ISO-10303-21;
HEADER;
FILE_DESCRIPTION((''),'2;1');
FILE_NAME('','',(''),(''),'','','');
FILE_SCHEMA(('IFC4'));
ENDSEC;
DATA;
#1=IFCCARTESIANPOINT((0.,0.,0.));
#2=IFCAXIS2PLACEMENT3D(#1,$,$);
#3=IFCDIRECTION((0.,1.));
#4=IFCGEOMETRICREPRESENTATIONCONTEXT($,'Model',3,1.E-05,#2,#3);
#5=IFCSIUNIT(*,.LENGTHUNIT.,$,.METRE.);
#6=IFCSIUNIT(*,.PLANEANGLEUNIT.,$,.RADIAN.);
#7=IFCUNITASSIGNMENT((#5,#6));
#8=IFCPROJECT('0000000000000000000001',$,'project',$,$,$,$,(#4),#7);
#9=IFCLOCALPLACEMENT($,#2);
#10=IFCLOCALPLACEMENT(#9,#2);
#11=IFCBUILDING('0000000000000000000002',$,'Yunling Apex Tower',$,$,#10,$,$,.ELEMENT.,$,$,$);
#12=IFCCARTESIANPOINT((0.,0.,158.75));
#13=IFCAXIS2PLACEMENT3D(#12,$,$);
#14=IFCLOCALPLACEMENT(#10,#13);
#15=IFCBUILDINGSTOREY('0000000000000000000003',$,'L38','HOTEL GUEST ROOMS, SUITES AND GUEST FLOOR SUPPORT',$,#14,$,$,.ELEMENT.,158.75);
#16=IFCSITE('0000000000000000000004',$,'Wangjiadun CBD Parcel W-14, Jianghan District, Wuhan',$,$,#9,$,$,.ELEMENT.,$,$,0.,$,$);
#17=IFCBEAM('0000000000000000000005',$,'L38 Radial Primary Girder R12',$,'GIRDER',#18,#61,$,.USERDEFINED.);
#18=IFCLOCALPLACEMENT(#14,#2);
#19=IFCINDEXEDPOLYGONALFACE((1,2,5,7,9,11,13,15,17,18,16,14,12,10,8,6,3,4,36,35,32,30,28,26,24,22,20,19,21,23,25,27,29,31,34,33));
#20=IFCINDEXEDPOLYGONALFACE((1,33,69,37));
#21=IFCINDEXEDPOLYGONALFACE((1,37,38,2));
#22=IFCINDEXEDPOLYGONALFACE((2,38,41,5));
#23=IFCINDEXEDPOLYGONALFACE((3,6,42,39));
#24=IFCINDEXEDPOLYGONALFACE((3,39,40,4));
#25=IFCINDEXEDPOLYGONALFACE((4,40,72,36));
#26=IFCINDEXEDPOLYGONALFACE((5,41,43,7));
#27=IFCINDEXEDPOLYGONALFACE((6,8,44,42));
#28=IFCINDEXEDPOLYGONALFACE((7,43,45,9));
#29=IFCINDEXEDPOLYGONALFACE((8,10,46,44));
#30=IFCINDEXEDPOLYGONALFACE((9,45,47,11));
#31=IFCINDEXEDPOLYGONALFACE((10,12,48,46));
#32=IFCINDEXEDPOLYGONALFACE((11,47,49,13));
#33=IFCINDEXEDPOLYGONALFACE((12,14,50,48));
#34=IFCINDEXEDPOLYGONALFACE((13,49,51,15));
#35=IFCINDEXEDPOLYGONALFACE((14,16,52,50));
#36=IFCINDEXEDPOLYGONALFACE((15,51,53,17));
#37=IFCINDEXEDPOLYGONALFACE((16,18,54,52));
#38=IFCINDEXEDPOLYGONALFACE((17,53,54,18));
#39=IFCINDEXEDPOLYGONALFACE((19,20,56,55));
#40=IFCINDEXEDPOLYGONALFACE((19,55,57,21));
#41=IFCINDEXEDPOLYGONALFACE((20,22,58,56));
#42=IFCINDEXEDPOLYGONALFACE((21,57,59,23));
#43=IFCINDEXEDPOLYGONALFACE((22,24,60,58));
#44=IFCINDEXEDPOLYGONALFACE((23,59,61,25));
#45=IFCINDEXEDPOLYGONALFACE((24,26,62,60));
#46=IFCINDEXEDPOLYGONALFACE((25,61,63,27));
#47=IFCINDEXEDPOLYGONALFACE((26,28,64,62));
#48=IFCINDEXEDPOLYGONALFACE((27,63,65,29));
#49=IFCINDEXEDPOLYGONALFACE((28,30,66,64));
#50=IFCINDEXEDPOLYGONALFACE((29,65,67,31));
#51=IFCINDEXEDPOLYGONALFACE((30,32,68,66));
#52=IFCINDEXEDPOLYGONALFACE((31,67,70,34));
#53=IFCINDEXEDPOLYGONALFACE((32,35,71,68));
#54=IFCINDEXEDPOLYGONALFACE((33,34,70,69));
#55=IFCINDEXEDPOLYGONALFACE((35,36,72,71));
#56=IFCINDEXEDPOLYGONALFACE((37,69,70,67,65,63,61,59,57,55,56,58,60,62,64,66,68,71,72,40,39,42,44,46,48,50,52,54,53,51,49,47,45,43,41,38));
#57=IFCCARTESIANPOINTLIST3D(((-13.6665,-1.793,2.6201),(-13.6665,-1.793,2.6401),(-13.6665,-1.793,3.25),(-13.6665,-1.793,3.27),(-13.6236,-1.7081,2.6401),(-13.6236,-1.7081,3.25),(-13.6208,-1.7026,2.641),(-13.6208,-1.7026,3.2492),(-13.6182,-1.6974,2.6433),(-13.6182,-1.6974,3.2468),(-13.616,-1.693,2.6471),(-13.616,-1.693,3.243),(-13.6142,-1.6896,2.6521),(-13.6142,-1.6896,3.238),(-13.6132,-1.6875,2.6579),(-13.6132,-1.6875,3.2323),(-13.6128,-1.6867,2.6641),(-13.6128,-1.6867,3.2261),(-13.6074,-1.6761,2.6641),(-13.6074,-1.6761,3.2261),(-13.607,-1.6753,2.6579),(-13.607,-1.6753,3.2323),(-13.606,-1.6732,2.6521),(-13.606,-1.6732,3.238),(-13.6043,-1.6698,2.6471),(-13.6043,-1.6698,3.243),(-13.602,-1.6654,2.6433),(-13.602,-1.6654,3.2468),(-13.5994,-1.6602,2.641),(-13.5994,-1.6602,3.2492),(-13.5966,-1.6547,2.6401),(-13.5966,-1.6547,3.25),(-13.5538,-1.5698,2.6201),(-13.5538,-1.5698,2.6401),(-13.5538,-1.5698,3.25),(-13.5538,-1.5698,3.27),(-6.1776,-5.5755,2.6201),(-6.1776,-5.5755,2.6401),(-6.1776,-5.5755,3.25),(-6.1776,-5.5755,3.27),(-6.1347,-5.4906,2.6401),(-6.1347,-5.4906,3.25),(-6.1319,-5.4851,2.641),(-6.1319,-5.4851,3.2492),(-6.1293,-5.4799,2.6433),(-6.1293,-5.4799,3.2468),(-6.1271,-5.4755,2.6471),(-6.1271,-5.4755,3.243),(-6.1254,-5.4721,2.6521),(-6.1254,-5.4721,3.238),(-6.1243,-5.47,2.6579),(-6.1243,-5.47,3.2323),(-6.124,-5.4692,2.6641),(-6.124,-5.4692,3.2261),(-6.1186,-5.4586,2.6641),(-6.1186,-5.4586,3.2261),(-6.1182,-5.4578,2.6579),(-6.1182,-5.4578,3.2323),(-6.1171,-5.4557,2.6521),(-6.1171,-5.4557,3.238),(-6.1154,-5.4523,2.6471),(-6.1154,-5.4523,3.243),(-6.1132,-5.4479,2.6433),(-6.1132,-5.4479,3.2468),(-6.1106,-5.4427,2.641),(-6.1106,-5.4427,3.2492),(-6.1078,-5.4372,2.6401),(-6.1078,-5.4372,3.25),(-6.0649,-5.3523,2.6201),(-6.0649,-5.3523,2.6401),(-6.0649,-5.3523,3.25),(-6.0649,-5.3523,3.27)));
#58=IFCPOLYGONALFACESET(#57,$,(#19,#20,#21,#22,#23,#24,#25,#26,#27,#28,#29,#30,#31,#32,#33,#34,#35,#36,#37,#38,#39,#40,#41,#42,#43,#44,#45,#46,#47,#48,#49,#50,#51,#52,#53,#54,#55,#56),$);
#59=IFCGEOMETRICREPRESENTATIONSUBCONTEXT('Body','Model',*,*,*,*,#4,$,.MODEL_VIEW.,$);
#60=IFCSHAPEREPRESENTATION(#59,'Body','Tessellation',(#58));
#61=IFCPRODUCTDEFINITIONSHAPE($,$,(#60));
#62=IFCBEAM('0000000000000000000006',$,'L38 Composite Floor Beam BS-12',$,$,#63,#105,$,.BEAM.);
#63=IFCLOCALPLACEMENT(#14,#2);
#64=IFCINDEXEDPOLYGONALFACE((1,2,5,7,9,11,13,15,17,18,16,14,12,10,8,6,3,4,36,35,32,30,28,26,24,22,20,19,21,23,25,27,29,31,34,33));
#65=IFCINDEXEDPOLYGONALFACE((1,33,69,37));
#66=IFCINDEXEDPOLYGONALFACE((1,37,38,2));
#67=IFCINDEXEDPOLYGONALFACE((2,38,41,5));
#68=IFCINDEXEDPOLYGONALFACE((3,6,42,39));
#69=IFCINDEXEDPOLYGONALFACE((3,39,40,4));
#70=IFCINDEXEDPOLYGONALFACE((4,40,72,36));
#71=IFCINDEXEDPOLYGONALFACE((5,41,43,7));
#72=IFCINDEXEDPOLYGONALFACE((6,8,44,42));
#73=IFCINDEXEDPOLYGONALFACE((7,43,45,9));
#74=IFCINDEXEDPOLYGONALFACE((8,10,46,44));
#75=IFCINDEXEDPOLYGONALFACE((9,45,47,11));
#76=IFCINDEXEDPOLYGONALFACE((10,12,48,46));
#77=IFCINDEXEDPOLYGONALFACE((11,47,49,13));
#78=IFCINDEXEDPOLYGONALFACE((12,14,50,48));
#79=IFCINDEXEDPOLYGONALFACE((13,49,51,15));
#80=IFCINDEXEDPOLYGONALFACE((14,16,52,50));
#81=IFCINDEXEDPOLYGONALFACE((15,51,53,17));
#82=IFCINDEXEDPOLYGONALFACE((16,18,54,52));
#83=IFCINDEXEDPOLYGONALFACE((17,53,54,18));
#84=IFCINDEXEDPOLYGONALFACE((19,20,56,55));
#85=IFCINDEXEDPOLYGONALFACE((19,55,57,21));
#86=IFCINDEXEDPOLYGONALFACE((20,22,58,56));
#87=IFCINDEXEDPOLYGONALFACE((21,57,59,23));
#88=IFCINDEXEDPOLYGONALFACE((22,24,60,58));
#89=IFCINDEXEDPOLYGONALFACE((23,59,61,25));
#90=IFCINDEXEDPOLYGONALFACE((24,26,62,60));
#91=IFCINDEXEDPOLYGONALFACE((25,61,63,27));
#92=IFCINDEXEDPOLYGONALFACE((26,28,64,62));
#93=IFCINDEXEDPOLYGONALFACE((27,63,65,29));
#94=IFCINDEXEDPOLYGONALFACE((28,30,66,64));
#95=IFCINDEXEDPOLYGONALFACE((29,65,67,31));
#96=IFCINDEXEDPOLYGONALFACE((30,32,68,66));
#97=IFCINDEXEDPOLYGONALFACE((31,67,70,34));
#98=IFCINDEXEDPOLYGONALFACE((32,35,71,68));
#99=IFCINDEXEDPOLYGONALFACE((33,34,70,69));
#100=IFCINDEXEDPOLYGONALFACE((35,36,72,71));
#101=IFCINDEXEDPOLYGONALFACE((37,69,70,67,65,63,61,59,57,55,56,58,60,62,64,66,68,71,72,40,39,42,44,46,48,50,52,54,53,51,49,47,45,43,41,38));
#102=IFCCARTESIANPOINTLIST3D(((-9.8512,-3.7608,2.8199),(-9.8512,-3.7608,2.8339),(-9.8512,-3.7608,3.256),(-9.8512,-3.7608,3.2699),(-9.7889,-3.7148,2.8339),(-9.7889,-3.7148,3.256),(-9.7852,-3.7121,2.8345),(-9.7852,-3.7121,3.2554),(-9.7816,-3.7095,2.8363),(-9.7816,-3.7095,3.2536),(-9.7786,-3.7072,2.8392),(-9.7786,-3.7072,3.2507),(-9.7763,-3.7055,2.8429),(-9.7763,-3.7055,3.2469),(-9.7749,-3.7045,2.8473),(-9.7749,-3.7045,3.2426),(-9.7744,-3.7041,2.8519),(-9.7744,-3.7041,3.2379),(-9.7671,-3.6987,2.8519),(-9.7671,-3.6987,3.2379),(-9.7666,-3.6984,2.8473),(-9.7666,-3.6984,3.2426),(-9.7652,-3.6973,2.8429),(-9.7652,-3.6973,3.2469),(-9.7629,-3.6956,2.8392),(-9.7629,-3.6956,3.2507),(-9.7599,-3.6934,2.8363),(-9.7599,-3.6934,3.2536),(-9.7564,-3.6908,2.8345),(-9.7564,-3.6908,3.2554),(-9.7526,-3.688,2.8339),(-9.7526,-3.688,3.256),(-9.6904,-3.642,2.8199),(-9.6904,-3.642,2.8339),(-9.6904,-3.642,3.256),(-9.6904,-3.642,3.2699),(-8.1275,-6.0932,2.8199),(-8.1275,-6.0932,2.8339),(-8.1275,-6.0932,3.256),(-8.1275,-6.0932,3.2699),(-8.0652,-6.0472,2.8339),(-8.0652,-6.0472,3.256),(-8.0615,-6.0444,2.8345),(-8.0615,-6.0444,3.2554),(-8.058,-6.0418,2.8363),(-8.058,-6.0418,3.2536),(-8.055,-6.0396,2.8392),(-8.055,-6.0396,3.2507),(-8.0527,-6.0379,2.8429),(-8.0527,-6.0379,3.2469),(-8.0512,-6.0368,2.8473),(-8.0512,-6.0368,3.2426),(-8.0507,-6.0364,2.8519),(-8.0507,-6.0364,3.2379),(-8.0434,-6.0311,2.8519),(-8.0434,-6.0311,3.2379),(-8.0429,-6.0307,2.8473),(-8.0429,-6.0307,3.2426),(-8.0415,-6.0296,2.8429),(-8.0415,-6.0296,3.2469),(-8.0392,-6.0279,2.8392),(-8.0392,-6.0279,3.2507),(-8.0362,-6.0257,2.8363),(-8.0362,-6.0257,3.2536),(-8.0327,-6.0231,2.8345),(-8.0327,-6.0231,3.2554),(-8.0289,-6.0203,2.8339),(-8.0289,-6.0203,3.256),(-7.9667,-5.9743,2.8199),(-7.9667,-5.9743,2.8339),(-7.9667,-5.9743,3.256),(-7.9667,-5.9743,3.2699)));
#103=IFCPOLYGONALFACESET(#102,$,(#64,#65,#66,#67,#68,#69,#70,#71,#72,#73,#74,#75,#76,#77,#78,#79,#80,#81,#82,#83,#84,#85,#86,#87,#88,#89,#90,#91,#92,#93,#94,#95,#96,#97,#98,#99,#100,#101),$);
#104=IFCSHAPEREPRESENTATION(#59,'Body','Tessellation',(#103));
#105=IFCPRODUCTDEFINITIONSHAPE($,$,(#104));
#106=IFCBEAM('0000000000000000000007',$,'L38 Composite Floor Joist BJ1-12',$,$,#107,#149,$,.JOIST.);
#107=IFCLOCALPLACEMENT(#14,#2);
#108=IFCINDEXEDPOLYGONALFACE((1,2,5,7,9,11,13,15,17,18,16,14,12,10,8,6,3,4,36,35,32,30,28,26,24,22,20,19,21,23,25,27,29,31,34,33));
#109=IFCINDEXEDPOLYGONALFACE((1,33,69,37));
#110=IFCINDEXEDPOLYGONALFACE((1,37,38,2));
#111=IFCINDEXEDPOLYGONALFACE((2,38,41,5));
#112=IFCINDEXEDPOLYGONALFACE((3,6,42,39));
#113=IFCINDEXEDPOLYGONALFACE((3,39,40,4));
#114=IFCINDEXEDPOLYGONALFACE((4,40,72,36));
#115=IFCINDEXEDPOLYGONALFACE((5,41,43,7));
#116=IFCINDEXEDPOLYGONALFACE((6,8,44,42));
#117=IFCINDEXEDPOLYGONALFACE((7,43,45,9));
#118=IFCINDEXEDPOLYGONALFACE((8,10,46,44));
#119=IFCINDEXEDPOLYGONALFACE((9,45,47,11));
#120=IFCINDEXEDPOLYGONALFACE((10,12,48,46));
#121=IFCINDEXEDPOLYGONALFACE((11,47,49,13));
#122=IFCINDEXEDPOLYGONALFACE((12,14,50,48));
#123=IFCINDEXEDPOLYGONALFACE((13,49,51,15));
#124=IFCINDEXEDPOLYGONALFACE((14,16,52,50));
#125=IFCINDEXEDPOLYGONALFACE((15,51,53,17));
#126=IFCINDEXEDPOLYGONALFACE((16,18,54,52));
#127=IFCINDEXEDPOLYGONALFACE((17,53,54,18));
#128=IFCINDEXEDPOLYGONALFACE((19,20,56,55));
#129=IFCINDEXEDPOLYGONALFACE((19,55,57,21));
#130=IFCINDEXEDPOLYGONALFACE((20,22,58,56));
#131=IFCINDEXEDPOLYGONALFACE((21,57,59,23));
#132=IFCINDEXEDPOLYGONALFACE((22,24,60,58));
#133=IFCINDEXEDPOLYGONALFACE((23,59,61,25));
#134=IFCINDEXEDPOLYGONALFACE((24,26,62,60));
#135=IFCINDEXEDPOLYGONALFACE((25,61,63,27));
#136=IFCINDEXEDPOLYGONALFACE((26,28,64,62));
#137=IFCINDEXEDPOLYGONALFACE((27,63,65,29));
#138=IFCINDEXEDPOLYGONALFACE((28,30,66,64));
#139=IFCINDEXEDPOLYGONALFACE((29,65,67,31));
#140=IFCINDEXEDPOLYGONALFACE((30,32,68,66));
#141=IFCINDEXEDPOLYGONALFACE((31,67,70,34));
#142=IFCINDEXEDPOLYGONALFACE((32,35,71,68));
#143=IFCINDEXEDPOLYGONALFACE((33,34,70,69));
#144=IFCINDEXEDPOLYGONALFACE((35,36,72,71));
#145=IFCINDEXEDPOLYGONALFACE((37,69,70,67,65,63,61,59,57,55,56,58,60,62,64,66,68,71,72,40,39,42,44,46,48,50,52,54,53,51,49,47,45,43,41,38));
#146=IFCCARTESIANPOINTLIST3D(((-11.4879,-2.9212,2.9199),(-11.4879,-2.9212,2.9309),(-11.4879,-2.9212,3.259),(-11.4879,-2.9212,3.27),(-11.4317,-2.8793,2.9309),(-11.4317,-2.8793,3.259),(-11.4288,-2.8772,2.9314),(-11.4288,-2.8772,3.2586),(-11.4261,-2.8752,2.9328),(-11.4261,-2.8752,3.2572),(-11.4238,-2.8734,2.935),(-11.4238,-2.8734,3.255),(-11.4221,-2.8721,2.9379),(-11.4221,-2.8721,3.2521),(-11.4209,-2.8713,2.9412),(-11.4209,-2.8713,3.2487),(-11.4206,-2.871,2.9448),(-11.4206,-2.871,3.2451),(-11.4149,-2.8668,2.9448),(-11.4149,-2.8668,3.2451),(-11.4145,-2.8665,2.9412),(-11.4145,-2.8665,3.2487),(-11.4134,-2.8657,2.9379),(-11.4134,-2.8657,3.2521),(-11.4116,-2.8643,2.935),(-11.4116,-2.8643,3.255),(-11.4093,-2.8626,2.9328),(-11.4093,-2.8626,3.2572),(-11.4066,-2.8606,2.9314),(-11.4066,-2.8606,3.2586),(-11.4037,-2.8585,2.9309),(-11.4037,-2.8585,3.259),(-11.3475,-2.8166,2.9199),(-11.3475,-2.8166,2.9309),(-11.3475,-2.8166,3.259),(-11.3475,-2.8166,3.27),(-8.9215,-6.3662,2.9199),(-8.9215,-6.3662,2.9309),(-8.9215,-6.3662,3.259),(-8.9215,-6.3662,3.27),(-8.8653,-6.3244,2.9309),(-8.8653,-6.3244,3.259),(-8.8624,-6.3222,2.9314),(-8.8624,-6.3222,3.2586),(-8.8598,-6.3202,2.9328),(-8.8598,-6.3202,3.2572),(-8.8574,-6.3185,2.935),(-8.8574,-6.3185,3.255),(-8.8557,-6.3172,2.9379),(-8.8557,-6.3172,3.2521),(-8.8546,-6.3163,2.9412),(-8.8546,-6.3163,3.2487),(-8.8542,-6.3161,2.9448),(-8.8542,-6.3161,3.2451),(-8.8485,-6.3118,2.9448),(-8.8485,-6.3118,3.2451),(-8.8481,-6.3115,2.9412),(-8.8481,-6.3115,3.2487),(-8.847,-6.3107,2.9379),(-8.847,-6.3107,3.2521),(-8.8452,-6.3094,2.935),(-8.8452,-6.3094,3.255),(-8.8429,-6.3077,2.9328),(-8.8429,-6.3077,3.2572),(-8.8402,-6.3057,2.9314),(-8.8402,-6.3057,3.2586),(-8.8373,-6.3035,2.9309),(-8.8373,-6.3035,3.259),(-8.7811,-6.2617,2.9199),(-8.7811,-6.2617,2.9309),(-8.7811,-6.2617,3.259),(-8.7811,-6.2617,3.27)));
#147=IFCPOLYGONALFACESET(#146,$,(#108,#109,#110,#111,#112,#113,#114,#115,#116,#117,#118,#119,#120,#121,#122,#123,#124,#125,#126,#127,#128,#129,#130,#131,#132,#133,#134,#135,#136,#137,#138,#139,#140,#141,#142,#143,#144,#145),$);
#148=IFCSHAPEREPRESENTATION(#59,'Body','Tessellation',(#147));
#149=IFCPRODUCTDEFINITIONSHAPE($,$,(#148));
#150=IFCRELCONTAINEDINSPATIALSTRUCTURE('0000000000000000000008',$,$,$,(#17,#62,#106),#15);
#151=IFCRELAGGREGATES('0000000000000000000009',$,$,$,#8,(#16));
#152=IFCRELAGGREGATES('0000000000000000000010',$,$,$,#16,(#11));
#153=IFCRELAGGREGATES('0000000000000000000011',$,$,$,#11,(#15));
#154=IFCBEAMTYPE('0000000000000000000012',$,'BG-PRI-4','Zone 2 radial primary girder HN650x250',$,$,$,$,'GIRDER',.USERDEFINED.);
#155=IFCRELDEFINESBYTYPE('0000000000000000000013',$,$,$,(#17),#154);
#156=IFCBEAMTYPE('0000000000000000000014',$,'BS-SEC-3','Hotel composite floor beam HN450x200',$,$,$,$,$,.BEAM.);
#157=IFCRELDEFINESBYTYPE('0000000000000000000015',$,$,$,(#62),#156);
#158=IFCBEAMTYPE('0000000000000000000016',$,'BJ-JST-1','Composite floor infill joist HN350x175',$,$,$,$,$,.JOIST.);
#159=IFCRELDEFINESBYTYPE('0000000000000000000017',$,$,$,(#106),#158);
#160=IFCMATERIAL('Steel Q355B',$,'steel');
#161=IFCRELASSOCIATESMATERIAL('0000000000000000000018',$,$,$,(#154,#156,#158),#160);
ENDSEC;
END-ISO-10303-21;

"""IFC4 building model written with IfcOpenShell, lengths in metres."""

from ifc_helpers import new_model, si_unit, direction, frame, origin, origin_2d, place, context, subcontext, project, spatial, i_section, extrude, source, transform, mapped, material, material_profile, profile_set, type_object, element, save


model = new_model("IFC4")

# Units and contexts
model_context = context("Model", 3, precision=1e-05, world=origin(), true_north=direction((0.0, 1.0)))
body_context = subcontext(model_context, "Body", "Model", "MODEL_VIEW")
ifc_project = project(units=[si_unit("LENGTHUNIT", "METRE"), si_unit("PLANEANGLEUNIT", "RADIAN")], contexts=[model_context])

# Site, building, storey
site_placement = place(None, origin())
site = spatial("IfcSite", under=ifc_project, at=site_placement, Name="Wangjiadun CBD Parcel W-14, Jianghan District, Wuhan", CompositionType="ELEMENT", RefElevation=0.0)
building_placement = place(site_placement, origin())
building = spatial("IfcBuilding", under=site, at=building_placement, Name="Yunling Apex Tower", CompositionType="ELEMENT")
storey_placement = place(building_placement, frame((0.0, 0.0, 158.75)))
storey = spatial("IfcBuildingStorey", under=building, at=storey_placement, Name="L38", Description="HOTEL GUEST ROOMS, SUITES AND GUEST FLOOR SUPPORT", CompositionType="ELEMENT", Elevation=158.75)

# Beams
ifc_material_1 = material(Name="Steel Q355B", Category="steel")
ifc_material_profile_1 = material_profile(ifc_material_1, i_section(OverallWidth=0.25, OverallDepth=0.6499, WebThickness=0.012, FlangeThickness=0.02, FilletRadius=0.0239, at=origin_2d()))
ifc_profile_set_1 = profile_set([ifc_material_profile_1], Name="Steel Q355B")
beam_type_1 = type_object("IfcBeamType", Name="BG-PRI-4", Description="Zone 2 radial primary girder HN650x250", ElementType="GIRDER", PredefinedType="USERDEFINED", material=ifc_profile_set_1)
shared_shape_1 = source(origin(), body_context, "Body", "SweptSolid", [
    extrude(i_section(OverallWidth=0.25, OverallDepth=0.6499, WebThickness=0.012, FlangeThickness=0.02, FilletRadius=0.0239, at=origin_2d()), origin(), (0.0, 0.0, 1.0), 8.3899),
])
beam_1_placement = place(storey_placement, frame((-13.6101, -1.6814, 2.9451), z_axis=(0.892604, -0.450842, 0.0), x_axis=(0.450842, 0.892604, 0.0)))
element("IfcBeam", 1, at=beam_1_placement, inside=storey, type_object=beam_type_1, Name="L38 Radial Primary Girder R12", ObjectType="GIRDER", PredefinedType="USERDEFINED", context=body_context, shape_type="MappedRepresentation", body=[
    mapped(shared_shape_1, transform((0.0, 0.0, 0.0), scale=1.0)),
])
ifc_material_profile_2 = material_profile(ifc_material_1, i_section(OverallWidth=0.2, OverallDepth=0.45, WebThickness=0.009, FlangeThickness=0.0139, FilletRadius=0.0181, at=origin_2d()))
ifc_profile_set_2 = profile_set([ifc_material_profile_2], Name="Steel Q355B")
beam_type_2 = type_object("IfcBeamType", Name="BS-SEC-3", Description="Hotel composite floor beam HN450x200", PredefinedType="BEAM", material=ifc_profile_set_2)
shared_shape_2 = source(origin(), body_context, "Body", "SweptSolid", [
    extrude(i_section(OverallWidth=0.2, OverallDepth=0.45, WebThickness=0.009, FlangeThickness=0.0139, FilletRadius=0.0181, at=origin_2d()), origin(), (0.0, 0.0, 1.0), 2.9001),
])
beam_2_placement = place(storey_placement, frame((-9.7708, -3.7014, 3.0449), z_axis=(0.594341, -0.804213, 0.0), x_axis=(0.804213, 0.594341, 0.0)))
element("IfcBeam", 2, at=beam_2_placement, inside=storey, type_object=beam_type_2, Name="L38 Composite Floor Beam BS-12", PredefinedType="BEAM", context=body_context, shape_type="MappedRepresentation", body=[
    mapped(shared_shape_2, transform((0.0, 0.0, 0.0), scale=1.0)),
])
ifc_material_profile_3 = material_profile(ifc_material_1, i_section(OverallWidth=0.175, OverallDepth=0.3501, WebThickness=0.0071, FlangeThickness=0.011, FilletRadius=0.0139, at=origin_2d()))
ifc_profile_set_3 = profile_set([ifc_material_profile_3], Name="Steel Q355B")
beam_type_3 = type_object("IfcBeamType", Name="BJ-JST-1", Description="Composite floor infill joist HN350x175", PredefinedType="JOIST", material=ifc_profile_set_3)
shared_shape_3 = source(origin(), body_context, "Body", "SweptSolid", [
    extrude(i_section(OverallWidth=0.175, OverallDepth=0.3501, WebThickness=0.0071, FlangeThickness=0.011, FilletRadius=0.0139, at=origin_2d()), origin(), (0.0, 0.0, 1.0), 4.2959),
])
beam_3_placement = place(storey_placement, frame((-11.4177, -2.8689, 3.095), z_axis=(0.597405, -0.801939, 0.0), x_axis=(0.801939, 0.597405, 0.0)))
element("IfcBeam", 3, at=beam_3_placement, inside=storey, type_object=beam_type_3, Name="L38 Composite Floor Joist BJ1-12", PredefinedType="JOIST", context=body_context, shape_type="MappedRepresentation", body=[
    mapped(shared_shape_3, transform((0.0, 0.0, 0.0), scale=1.0)),
])

save(model, "model.ifc")
